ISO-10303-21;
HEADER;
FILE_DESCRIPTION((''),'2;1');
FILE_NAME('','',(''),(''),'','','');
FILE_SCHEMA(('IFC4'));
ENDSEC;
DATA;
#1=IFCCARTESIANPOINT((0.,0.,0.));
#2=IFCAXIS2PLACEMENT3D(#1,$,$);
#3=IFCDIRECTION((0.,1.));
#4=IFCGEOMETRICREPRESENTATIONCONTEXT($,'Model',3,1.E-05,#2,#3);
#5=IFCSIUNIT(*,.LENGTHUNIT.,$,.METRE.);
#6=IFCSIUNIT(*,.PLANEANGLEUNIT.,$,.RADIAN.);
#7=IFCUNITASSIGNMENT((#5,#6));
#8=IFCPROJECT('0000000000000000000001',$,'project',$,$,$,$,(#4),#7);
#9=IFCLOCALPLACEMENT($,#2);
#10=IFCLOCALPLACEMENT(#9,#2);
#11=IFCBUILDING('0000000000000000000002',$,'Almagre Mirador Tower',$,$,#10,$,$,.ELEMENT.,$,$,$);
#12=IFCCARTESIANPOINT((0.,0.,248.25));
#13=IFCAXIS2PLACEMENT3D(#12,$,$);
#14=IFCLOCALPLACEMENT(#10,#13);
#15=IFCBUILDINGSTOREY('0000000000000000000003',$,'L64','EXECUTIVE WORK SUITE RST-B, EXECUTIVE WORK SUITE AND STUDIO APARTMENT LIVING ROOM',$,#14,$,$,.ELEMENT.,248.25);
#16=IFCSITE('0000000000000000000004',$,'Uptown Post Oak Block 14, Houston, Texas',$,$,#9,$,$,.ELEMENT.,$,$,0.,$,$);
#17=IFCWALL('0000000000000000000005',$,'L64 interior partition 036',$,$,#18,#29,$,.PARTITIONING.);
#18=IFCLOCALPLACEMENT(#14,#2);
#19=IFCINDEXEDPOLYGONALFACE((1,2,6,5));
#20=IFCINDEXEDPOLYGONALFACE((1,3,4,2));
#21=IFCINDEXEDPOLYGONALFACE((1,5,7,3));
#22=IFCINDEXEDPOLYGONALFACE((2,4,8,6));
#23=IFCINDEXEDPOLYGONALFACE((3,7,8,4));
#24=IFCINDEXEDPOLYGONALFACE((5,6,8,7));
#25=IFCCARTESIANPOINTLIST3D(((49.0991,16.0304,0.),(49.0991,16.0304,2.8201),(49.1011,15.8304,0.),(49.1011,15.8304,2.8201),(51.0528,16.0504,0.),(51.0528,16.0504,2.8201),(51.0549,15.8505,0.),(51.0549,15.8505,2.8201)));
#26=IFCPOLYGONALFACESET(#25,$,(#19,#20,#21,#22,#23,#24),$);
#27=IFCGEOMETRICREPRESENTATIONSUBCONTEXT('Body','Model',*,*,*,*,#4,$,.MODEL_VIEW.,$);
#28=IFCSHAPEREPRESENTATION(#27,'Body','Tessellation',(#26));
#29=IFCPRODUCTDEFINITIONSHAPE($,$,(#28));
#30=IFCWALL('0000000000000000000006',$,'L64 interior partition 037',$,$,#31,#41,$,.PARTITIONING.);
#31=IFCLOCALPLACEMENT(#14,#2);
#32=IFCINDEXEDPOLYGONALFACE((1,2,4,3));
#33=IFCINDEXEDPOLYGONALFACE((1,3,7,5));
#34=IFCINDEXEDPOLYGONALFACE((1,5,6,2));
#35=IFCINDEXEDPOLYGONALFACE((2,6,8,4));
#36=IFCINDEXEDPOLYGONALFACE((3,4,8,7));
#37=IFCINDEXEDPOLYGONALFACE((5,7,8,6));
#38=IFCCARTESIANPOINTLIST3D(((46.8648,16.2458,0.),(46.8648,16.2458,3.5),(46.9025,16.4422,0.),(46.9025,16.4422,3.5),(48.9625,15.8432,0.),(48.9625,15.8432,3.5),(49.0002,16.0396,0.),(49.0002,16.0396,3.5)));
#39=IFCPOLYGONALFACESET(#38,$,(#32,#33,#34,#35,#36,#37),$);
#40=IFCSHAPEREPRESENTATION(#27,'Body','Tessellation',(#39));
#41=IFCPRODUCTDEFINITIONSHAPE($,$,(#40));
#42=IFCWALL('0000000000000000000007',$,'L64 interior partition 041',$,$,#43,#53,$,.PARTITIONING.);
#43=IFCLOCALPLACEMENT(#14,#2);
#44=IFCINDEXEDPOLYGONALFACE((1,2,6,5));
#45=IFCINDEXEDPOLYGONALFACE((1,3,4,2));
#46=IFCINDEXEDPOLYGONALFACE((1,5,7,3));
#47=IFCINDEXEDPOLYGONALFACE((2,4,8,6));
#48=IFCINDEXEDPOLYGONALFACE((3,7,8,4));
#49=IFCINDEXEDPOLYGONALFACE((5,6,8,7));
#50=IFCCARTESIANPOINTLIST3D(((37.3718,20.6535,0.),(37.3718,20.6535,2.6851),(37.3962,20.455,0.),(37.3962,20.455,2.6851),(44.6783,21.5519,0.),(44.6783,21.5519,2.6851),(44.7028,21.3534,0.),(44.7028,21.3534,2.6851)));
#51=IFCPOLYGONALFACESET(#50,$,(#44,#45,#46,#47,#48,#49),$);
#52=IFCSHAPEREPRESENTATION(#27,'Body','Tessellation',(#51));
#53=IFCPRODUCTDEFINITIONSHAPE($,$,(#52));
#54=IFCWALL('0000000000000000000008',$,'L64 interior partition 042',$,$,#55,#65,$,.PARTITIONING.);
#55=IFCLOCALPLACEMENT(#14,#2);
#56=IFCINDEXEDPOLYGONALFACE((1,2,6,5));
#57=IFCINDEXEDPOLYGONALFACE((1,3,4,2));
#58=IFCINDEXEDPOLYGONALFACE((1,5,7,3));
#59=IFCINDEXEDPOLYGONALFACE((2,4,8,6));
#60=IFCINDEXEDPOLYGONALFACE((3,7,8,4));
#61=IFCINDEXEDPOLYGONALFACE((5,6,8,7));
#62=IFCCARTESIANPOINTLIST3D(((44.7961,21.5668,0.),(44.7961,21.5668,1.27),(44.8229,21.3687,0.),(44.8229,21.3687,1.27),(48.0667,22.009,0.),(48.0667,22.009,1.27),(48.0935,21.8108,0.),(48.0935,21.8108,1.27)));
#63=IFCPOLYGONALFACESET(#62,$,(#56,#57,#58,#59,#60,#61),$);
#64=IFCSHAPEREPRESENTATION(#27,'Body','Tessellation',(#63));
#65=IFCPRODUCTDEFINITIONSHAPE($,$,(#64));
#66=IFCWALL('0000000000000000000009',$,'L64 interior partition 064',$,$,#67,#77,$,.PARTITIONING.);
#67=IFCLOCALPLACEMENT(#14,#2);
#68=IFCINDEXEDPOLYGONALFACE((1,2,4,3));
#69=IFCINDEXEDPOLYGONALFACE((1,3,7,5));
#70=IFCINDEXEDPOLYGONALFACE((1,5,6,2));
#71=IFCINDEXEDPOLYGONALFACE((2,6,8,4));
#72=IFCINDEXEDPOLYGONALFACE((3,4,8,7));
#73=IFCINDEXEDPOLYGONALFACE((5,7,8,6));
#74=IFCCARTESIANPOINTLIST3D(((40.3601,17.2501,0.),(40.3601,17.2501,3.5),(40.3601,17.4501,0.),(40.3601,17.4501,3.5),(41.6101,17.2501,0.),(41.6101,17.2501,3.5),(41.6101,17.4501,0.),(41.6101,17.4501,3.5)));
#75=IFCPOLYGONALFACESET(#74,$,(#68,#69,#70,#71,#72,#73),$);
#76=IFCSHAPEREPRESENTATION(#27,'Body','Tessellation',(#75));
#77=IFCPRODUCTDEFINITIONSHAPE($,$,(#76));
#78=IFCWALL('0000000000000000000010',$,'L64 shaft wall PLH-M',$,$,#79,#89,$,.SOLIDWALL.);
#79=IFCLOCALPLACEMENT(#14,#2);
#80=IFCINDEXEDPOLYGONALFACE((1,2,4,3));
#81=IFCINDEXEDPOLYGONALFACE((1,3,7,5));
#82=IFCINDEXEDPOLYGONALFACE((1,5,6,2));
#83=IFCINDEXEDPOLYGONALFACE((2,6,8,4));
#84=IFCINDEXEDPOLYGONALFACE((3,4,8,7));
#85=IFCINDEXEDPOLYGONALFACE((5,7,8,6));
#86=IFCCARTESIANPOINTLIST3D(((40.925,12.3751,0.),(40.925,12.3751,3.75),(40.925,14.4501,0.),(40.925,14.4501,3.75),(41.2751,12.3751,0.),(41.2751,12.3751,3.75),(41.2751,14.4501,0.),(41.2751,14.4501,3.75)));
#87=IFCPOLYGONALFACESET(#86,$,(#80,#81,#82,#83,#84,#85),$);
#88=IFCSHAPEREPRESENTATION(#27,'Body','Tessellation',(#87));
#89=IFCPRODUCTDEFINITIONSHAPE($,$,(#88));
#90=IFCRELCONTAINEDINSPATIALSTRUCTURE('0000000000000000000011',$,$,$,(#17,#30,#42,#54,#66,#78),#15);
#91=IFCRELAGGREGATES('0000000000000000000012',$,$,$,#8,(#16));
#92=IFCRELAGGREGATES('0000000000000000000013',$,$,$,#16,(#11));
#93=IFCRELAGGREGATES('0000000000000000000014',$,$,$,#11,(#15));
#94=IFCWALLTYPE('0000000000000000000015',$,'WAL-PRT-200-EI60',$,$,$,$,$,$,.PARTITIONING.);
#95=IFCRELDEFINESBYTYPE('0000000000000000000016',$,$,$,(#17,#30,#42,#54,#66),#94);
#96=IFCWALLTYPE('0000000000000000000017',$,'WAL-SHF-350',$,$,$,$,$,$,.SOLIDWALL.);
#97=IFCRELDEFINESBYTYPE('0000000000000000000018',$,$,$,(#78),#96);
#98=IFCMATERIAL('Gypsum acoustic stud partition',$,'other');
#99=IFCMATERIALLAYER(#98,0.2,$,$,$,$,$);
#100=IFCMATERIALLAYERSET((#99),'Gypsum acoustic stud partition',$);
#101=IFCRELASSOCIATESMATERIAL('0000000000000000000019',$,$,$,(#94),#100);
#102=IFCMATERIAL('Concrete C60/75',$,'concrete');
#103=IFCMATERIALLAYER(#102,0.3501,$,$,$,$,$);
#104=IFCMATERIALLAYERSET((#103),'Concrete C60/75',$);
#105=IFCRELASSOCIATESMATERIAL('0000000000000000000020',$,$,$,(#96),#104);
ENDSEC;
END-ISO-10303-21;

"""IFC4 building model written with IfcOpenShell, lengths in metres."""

from ifc_helpers import new_model, si_unit, direction, frame, frame_2d, origin, place, context, subcontext, project, spatial, rectangle, extrude, material, layer, layer_set, type_object, element, save


model = new_model("IFC4")

# Units and contexts
model_context = context("Model", 3, precision=1e-05, world=origin(), true_north=direction((0.0, 1.0)))
body_context = subcontext(model_context, "Body", "Model", "MODEL_VIEW")
ifc_project = project(units=[si_unit("LENGTHUNIT", "METRE"), si_unit("PLANEANGLEUNIT", "RADIAN")], contexts=[model_context])

# Site, building, storey
site_placement = place(None, origin())
site = spatial("IfcSite", under=ifc_project, at=site_placement, Name="Uptown Post Oak Block 14, Houston, Texas", CompositionType="ELEMENT", RefElevation=0.0)
building_placement = place(site_placement, origin())
building = spatial("IfcBuilding", under=site, at=building_placement, Name="Almagre Mirador Tower", CompositionType="ELEMENT")
storey_placement = place(building_placement, frame((0.0, 0.0, 248.25)))
storey = spatial("IfcBuildingStorey", under=building, at=storey_placement, Name="L64", Description="EXECUTIVE WORK SUITE RST-B, EXECUTIVE WORK SUITE AND STUDIO APARTMENT LIVING ROOM", CompositionType="ELEMENT", Elevation=248.25)

# Shared definitions
ifc_material_1 = material(Name="Gypsum acoustic stud partition", Category="other")
ifc_layer_1 = layer(ifc_material_1, 0.2)
ifc_layer_set_1 = layer_set([ifc_layer_1], Name="Gypsum acoustic stud partition")
wall_type_1 = type_object("IfcWallType", Name="WAL-PRT-200-EI60", PredefinedType="PARTITIONING", material=ifc_layer_set_1)

# Walls
wall_1_placement = place(storey_placement, frame((51.054, 15.9504, 0.0), z_axis=(0.0, 0.0, 1.0), x_axis=(-0.999948, -0.010246, 0.0)))
element("IfcWall", 1, at=wall_1_placement, inside=storey, type_object=wall_type_1, Name="L64 interior partition 036", PredefinedType="PARTITIONING", context=body_context, shape_type="SweptSolid", body=[
    extrude(rectangle(XDim=1.9539, YDim=0.2, at=frame_2d((0.9771, 0.0))), origin(), (0.0, 0.0, 1.0), 2.8201),
])
wall_2_placement = place(storey_placement, frame((48.9812, 15.9414, 0.0), z_axis=(0.0, 0.0, 1.0), x_axis=(-0.982076, 0.188483, 0.0)))
element("IfcWall", 2, at=wall_2_placement, inside=storey, type_object=wall_type_1, Name="L64 interior partition 037", PredefinedType="PARTITIONING", context=body_context, shape_type="SweptSolid", body=[
    extrude(rectangle(XDim=2.136, YDim=0.2, at=frame_2d((1.0679, 0.0))), origin(), (0.0, 0.0, 1.0), 3.5),
])
wall_3_placement = place(storey_placement, frame((44.6904, 21.4526, 0.0), z_axis=(0.0, 0.0, 1.0), x_axis=(-0.992525, -0.122043, 0.0)))
element("IfcWall", 3, at=wall_3_placement, inside=storey, type_object=wall_type_1, Name="L64 interior partition 041", PredefinedType="PARTITIONING", context=body_context, shape_type="SweptSolid", body=[
    extrude(rectangle(XDim=7.3616, YDim=0.2, at=frame_2d((3.6807, 0.0))), origin(), (0.0, 0.0, 1.0), 2.6851),
])
wall_4_placement = place(storey_placement, frame((48.0801, 21.9099, 0.0), z_axis=(0.0, 0.0, 1.0), x_axis=(-0.990985, -0.133971, 0.0)))
element("IfcWall", 4, at=wall_4_placement, inside=storey, type_object=wall_type_1, Name="L64 interior partition 042", PredefinedType="PARTITIONING", context=body_context, shape_type="SweptSolid", body=[
    extrude(rectangle(XDim=3.3003, YDim=0.2, at=frame_2d((1.6501, 0.0))), origin(), (0.0, 0.0, 1.0), 1.27),
])
wall_5_placement = place(storey_placement, frame((41.6101, 17.3501, 0.0), z_axis=(0.0, 0.0, 1.0), x_axis=(-1.0, 0.0, 0.0)))
element("IfcWall", 5, at=wall_5_placement, inside=storey, type_object=wall_type_1, Name="L64 interior partition 064", PredefinedType="PARTITIONING", context=body_context, shape_type="SweptSolid", body=[
    extrude(rectangle(XDim=1.25, YDim=0.2, at=frame_2d((0.625, 0.0))), origin(), (0.0, 0.0, 1.0), 3.5),
])
ifc_material_2 = material(Name="Concrete C60/75", Category="concrete")
ifc_layer_2 = layer(ifc_material_2, 0.3501)
ifc_layer_set_2 = layer_set([ifc_layer_2], Name="Concrete C60/75")
wall_type_2 = type_object("IfcWallType", Name="WAL-SHF-350", PredefinedType="SOLIDWALL", material=ifc_layer_set_2)
wall_6_placement = place(storey_placement, frame((41.1001, 12.375, 0.0), z_axis=(0.0, 0.0, 1.0), x_axis=(0.0, 1.0, 0.0)))
element("IfcWall", 6, at=wall_6_placement, inside=storey, type_object=wall_type_2, Name="L64 shaft wall PLH-M", PredefinedType="SOLIDWALL", context=body_context, shape_type="SweptSolid", body=[
    extrude(rectangle(XDim=2.075, YDim=0.3501, at=frame_2d((1.0376, 0.0))), origin(), (0.0, 0.0, 1.0), 3.75),
])

save(model, "model.ifc")
